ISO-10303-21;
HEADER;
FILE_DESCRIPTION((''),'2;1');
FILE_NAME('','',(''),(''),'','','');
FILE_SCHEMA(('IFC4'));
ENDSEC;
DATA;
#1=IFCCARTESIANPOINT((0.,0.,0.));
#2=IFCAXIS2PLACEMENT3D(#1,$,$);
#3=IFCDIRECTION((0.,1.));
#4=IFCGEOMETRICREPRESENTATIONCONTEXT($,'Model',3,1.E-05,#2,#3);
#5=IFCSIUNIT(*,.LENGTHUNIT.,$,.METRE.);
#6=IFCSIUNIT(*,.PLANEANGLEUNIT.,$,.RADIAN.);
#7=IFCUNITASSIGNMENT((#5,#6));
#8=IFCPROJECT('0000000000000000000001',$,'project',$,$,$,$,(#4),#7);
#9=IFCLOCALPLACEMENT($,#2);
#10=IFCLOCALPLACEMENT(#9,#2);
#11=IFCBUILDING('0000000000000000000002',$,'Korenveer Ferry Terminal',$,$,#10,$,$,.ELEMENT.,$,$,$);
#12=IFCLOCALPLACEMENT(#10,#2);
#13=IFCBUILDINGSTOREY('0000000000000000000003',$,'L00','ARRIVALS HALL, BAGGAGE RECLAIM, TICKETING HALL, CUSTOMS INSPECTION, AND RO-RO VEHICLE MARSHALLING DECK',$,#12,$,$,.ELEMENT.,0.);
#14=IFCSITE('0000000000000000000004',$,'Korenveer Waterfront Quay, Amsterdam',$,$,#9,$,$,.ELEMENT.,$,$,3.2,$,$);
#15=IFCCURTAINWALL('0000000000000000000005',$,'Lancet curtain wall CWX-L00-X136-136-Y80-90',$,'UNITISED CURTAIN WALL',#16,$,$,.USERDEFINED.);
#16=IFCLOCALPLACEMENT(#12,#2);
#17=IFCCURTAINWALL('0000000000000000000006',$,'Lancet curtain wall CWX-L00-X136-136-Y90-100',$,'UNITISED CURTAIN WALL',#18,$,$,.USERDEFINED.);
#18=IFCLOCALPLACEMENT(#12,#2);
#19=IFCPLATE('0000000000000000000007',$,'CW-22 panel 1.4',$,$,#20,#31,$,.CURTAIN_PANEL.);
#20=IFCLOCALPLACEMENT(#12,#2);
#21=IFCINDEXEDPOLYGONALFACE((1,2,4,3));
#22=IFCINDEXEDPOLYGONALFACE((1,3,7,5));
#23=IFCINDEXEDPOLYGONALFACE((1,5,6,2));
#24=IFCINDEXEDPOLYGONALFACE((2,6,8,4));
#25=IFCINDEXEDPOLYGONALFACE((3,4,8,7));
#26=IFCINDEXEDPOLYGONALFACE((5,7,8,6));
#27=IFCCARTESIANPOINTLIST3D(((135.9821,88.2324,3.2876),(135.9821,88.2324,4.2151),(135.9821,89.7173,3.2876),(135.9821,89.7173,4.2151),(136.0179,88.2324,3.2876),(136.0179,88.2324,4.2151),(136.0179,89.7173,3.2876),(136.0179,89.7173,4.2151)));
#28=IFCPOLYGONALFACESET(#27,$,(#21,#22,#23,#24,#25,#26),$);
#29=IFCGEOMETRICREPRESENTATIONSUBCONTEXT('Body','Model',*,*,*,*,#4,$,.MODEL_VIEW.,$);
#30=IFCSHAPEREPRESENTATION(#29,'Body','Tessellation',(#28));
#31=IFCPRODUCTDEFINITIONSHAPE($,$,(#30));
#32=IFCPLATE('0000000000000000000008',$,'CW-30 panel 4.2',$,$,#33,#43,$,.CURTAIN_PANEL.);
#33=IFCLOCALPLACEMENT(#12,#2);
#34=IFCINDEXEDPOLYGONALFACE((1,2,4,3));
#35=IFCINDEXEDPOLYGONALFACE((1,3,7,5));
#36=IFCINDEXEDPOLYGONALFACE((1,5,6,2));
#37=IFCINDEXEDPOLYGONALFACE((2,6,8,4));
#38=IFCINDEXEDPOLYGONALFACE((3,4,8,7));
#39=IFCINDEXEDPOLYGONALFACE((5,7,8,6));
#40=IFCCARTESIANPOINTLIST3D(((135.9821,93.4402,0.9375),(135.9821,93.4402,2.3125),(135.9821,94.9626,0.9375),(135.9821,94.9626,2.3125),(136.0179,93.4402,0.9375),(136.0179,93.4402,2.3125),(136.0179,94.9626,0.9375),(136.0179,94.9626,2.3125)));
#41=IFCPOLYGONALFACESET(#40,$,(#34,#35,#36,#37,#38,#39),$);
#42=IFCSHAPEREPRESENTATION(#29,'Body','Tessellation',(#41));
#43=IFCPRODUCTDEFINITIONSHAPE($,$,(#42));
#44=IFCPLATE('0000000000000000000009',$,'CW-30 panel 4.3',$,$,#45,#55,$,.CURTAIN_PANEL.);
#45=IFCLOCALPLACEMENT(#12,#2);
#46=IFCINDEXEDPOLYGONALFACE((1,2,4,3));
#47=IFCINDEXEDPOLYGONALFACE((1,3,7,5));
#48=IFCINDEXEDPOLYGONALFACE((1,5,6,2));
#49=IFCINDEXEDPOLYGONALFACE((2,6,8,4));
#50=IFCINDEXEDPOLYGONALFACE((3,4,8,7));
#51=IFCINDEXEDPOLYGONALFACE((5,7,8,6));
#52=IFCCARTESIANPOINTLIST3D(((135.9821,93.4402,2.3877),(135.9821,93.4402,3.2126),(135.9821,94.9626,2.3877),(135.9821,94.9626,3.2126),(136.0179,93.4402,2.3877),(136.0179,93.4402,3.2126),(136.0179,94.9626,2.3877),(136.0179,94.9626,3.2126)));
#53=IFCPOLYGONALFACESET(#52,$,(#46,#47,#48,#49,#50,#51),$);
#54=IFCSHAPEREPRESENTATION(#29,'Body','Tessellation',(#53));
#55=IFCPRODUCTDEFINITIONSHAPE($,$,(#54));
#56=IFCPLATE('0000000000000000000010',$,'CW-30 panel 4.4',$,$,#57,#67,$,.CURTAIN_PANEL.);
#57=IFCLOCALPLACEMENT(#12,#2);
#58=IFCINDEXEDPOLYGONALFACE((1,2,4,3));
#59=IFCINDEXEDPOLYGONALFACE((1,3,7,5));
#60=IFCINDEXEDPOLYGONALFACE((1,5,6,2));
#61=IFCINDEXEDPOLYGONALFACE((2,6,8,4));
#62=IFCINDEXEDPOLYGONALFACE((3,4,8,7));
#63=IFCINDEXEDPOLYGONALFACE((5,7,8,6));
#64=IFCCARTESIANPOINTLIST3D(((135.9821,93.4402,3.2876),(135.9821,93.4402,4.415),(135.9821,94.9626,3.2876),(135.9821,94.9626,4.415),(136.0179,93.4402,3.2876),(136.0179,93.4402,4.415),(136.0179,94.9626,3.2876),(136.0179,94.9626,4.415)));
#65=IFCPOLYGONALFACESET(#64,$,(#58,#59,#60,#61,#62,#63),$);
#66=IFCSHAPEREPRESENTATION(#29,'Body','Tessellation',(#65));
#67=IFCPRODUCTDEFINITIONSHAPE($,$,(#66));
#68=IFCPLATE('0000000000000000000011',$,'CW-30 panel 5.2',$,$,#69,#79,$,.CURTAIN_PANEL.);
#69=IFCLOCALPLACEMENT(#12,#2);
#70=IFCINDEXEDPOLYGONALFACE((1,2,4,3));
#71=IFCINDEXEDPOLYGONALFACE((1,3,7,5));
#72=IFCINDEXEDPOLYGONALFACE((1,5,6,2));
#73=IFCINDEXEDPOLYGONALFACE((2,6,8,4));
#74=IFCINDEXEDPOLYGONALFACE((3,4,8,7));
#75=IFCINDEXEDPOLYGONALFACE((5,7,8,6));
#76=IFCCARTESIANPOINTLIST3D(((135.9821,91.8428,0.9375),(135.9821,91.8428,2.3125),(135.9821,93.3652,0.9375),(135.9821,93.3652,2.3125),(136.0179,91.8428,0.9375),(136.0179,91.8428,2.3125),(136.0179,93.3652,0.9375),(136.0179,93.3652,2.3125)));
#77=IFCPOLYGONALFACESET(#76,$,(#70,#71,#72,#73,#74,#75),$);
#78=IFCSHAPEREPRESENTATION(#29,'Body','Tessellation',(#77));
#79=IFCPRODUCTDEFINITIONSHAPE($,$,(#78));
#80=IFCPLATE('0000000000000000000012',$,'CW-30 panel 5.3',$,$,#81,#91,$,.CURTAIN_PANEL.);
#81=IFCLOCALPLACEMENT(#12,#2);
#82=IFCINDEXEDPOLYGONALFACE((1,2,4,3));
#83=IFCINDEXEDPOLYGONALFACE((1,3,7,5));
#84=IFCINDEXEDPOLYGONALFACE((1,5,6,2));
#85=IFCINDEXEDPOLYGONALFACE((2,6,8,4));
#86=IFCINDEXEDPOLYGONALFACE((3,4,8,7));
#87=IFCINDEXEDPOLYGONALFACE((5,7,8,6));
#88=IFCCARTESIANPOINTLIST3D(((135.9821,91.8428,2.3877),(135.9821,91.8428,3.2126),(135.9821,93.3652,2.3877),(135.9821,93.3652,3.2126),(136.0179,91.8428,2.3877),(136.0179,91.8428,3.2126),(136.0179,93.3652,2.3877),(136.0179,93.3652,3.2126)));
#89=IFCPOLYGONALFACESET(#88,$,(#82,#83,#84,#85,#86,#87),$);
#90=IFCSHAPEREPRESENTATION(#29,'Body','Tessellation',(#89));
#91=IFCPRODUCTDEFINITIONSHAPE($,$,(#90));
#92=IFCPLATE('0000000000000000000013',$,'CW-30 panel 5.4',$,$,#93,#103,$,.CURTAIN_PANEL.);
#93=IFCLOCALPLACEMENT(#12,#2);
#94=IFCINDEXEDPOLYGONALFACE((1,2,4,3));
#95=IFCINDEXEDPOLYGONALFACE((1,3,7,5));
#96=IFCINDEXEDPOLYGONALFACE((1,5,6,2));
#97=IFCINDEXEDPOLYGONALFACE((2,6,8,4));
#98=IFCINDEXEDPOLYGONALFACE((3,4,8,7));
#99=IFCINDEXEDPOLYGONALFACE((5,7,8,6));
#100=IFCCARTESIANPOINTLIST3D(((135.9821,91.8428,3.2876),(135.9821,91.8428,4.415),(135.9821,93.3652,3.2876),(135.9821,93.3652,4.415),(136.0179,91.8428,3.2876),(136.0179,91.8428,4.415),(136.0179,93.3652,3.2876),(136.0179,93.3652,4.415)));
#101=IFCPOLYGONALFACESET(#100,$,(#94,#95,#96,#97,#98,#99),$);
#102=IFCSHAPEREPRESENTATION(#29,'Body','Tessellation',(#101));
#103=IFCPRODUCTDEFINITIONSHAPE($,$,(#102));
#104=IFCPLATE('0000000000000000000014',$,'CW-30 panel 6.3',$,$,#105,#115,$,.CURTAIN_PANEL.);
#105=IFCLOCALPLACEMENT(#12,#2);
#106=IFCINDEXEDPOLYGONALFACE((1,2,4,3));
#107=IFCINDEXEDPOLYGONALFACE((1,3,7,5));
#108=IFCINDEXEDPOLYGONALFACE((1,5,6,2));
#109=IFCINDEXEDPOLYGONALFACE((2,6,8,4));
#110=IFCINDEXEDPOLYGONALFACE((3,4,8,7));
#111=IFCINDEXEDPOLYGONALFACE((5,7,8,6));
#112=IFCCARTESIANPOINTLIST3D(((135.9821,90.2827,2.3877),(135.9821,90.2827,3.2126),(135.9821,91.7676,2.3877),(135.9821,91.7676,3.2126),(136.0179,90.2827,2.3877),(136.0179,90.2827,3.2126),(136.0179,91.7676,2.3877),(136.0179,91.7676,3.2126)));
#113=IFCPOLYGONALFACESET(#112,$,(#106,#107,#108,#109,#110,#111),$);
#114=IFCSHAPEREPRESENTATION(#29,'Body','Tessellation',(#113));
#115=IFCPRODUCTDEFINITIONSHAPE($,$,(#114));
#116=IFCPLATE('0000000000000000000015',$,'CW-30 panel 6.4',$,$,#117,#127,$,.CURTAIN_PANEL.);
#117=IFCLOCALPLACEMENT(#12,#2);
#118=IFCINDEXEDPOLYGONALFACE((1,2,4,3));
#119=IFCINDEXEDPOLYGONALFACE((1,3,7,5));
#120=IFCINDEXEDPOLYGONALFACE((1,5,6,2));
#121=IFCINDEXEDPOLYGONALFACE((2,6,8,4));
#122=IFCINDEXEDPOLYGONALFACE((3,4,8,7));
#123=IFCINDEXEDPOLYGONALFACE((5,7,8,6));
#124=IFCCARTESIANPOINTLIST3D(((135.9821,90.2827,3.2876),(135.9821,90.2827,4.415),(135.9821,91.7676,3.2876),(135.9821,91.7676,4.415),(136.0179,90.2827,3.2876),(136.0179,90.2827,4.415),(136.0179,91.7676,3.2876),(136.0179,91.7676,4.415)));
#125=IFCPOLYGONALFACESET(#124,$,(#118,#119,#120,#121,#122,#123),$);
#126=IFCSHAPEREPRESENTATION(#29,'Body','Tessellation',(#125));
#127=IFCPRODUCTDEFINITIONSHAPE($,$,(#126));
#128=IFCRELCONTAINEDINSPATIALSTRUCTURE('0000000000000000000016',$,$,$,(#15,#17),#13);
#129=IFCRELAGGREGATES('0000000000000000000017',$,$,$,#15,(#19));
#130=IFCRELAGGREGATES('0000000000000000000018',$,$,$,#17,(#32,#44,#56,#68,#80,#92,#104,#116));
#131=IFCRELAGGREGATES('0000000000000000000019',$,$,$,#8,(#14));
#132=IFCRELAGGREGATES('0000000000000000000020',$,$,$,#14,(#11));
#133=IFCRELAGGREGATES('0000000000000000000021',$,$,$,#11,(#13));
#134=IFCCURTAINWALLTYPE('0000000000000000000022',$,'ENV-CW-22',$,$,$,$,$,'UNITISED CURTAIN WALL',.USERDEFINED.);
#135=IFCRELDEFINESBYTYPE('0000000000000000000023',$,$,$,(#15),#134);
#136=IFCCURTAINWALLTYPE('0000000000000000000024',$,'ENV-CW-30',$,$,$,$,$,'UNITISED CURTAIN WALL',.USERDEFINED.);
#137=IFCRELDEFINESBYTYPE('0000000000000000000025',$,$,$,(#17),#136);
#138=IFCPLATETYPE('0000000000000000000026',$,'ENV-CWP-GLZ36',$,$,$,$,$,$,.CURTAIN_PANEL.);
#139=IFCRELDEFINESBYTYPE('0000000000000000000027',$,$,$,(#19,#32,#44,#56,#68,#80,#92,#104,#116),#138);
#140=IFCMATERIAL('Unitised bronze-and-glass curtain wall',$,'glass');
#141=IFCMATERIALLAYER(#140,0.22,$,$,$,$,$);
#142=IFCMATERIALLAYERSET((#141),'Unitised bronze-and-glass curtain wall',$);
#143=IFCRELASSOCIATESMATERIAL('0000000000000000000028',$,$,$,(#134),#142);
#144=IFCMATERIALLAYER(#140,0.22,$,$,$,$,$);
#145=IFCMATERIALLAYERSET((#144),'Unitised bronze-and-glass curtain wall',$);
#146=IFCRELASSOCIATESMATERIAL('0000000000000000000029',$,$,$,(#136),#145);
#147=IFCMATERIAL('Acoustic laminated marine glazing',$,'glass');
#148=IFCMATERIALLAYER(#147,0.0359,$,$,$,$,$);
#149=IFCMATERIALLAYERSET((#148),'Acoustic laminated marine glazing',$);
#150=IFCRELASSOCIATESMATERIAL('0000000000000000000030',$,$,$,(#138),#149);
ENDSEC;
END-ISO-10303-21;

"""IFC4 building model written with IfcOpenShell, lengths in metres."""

from ifc_helpers import new_model, si_unit, direction, frame, origin, origin_2d, place, context, subcontext, project, spatial, rectangle, extrude, material, layer, layer_set, type_object, element, aggregate, save


model = new_model("IFC4")

# Units and contexts
model_context = context("Model", 3, precision=1e-05, world=origin(), true_north=direction((0.0, 1.0)))
body_context = subcontext(model_context, "Body", "Model", "MODEL_VIEW")
ifc_project = project(units=[si_unit("LENGTHUNIT", "METRE"), si_unit("PLANEANGLEUNIT", "RADIAN")], contexts=[model_context])

# Site, building, storey
site_placement = place(None, origin())
site = spatial("IfcSite", under=ifc_project, at=site_placement, Name="Korenveer Waterfront Quay, Amsterdam", CompositionType="ELEMENT", RefElevation=3.2)
building_placement = place(site_placement, origin())
building = spatial("IfcBuilding", under=site, at=building_placement, Name="Korenveer Ferry Terminal", CompositionType="ELEMENT")
storey_placement = place(building_placement, origin())
storey = spatial("IfcBuildingStorey", under=building, at=storey_placement, Name="L00", Description="ARRIVALS HALL, BAGGAGE RECLAIM, TICKETING HALL, CUSTOMS INSPECTION, AND RO-RO VEHICLE MARSHALLING DECK", CompositionType="ELEMENT", Elevation=0.0)

# Curtain walls
ifc_material_1 = material(Name="Unitised bronze-and-glass curtain wall", Category="glass")
ifc_layer_1 = layer(ifc_material_1, 0.22)
ifc_layer_set_1 = layer_set([ifc_layer_1], Name="Unitised bronze-and-glass curtain wall")
curtain_wall_type_1 = type_object("IfcCurtainWallType", Name="ENV-CW-22", ElementType="UNITISED CURTAIN WALL", PredefinedType="USERDEFINED", material=ifc_layer_set_1)
curtain_wall_1_placement = place(storey_placement, frame((136.0, 89.7922, 0.0)))
curtain_wall_1 = element("IfcCurtainWall", 1, at=curtain_wall_1_placement, inside=storey, type_object=curtain_wall_type_1, Name="Lancet curtain wall CWX-L00-X136-136-Y80-90", ObjectType="UNITISED CURTAIN WALL", PredefinedType="USERDEFINED")
ifc_layer_2 = layer(ifc_material_1, 0.22)
ifc_layer_set_2 = layer_set([ifc_layer_2], Name="Unitised bronze-and-glass curtain wall")
curtain_wall_type_2 = type_object("IfcCurtainWallType", Name="ENV-CW-30", ElementType="UNITISED CURTAIN WALL", PredefinedType="USERDEFINED", material=ifc_layer_set_2)
curtain_wall_2_placement = place(storey_placement, frame((136.0, 99.7922, 0.0)))
curtain_wall_2 = element("IfcCurtainWall", 2, at=curtain_wall_2_placement, inside=storey, type_object=curtain_wall_type_2, Name="Lancet curtain wall CWX-L00-X136-136-Y90-100", ObjectType="UNITISED CURTAIN WALL", PredefinedType="USERDEFINED")

# Plates
ifc_material_2 = material(Name="Acoustic laminated marine glazing", Category="glass")
ifc_layer_3 = layer(ifc_material_2, 0.0359)
ifc_layer_set_3 = layer_set([ifc_layer_3], Name="Acoustic laminated marine glazing")
plate_type = type_object("IfcPlateType", Name="ENV-CWP-GLZ36", PredefinedType="CURTAIN_PANEL", material=ifc_layer_set_3)
plate_1_placement = place(storey_placement, frame((136.0, 88.9749, 3.2876), z_axis=(0.0, 0.0, 1.0), x_axis=(0.0, -1.0, 0.0)))
plate_1 = element("IfcPlate", 3, at=plate_1_placement, type_object=plate_type, Name="CW-22 panel 1.4", PredefinedType="CURTAIN_PANEL", context=body_context, shape_type="SweptSolid", body=[
    extrude(rectangle(XDim=1.4849, YDim=0.0359, at=origin_2d()), origin(), (0.0, 0.0, 1.0), 0.9275),
])
aggregate(curtain_wall_1, [plate_1])
plate_2_placement = place(storey_placement, frame((136.0, 94.2014, 0.9375), z_axis=(0.0, 0.0, 1.0), x_axis=(0.0, -1.0, 0.0)))
plate_2 = element("IfcPlate", 4, at=plate_2_placement, type_object=plate_type, Name="CW-30 panel 4.2", PredefinedType="CURTAIN_PANEL", context=body_context, shape_type="SweptSolid", body=[
    extrude(rectangle(XDim=1.5225, YDim=0.0359, at=origin_2d()), origin(), (0.0, 0.0, 1.0), 1.375),
])
plate_3_placement = place(storey_placement, frame((136.0, 94.2014, 2.3877), z_axis=(0.0, 0.0, 1.0), x_axis=(0.0, -1.0, 0.0)))
plate_3 = element("IfcPlate", 5, at=plate_3_placement, type_object=plate_type, Name="CW-30 panel 4.3", PredefinedType="CURTAIN_PANEL", context=body_context, shape_type="SweptSolid", body=[
    extrude(rectangle(XDim=1.5225, YDim=0.0359, at=origin_2d()), origin(), (0.0, 0.0, 1.0), 0.825),
])
plate_4_placement = place(storey_placement, frame((136.0, 94.2014, 3.2876), z_axis=(0.0, 0.0, 1.0), x_axis=(0.0, -1.0, 0.0)))
plate_4 = element("IfcPlate", 6, at=plate_4_placement, type_object=plate_type, Name="CW-30 panel 4.4", PredefinedType="CURTAIN_PANEL", context=body_context, shape_type="SweptSolid", body=[
    extrude(rectangle(XDim=1.5225, YDim=0.0359, at=origin_2d()), origin(), (0.0, 0.0, 1.0), 1.1274),
])
plate_5_placement = place(storey_placement, frame((136.0, 92.604, 0.9375), z_axis=(0.0, 0.0, 1.0), x_axis=(0.0, -1.0, 0.0)))
plate_5 = element("IfcPlate", 7, at=plate_5_placement, type_object=plate_type, Name="CW-30 panel 5.2", PredefinedType="CURTAIN_PANEL", context=body_context, shape_type="SweptSolid", body=[
    extrude(rectangle(XDim=1.5225, YDim=0.0359, at=origin_2d()), origin(), (0.0, 0.0, 1.0), 1.375),
])
plate_6_placement = place(storey_placement, frame((136.0, 92.604, 2.3877), z_axis=(0.0, 0.0, 1.0), x_axis=(0.0, -1.0, 0.0)))
plate_6 = element("IfcPlate", 8, at=plate_6_placement, type_object=plate_type, Name="CW-30 panel 5.3", PredefinedType="CURTAIN_PANEL", context=body_context, shape_type="SweptSolid", body=[
    extrude(rectangle(XDim=1.5225, YDim=0.0359, at=origin_2d()), origin(), (0.0, 0.0, 1.0), 0.825),
])
plate_7_placement = place(storey_placement, frame((136.0, 92.604, 3.2876), z_axis=(0.0, 0.0, 1.0), x_axis=(0.0, -1.0, 0.0)))
plate_7 = element("IfcPlate", 9, at=plate_7_placement, type_object=plate_type, Name="CW-30 panel 5.4", PredefinedType="CURTAIN_PANEL", context=body_context, shape_type="SweptSolid", body=[
    extrude(rectangle(XDim=1.5225, YDim=0.0359, at=origin_2d()), origin(), (0.0, 0.0, 1.0), 1.1274),
])
plate_8_placement = place(storey_placement, frame((136.0, 91.0251, 2.3877), z_axis=(0.0, 0.0, 1.0), x_axis=(0.0, -1.0, 0.0)))
plate_8 = element("IfcPlate", 10, at=plate_8_placement, type_object=plate_type, Name="CW-30 panel 6.3", PredefinedType="CURTAIN_PANEL", context=body_context, shape_type="SweptSolid", body=[
    extrude(rectangle(XDim=1.4849, YDim=0.0359, at=origin_2d()), origin(), (0.0, 0.0, 1.0), 0.825),
])
plate_9_placement = place(storey_placement, frame((136.0, 91.0251, 3.2876), z_axis=(0.0, 0.0, 1.0), x_axis=(0.0, -1.0, 0.0)))
plate_9 = element("IfcPlate", 11, at=plate_9_placement, type_object=plate_type, Name="CW-30 panel 6.4", PredefinedType="CURTAIN_PANEL", context=body_context, shape_type="SweptSolid", body=[
    extrude(rectangle(XDim=1.4849, YDim=0.0359, at=origin_2d()), origin(), (0.0, 0.0, 1.0), 1.1274),
])
aggregate(curtain_wall_2, [plate_2, plate_3, plate_4, plate_5, plate_6, plate_7, plate_8, plate_9])

save(model, "model.ifc")
